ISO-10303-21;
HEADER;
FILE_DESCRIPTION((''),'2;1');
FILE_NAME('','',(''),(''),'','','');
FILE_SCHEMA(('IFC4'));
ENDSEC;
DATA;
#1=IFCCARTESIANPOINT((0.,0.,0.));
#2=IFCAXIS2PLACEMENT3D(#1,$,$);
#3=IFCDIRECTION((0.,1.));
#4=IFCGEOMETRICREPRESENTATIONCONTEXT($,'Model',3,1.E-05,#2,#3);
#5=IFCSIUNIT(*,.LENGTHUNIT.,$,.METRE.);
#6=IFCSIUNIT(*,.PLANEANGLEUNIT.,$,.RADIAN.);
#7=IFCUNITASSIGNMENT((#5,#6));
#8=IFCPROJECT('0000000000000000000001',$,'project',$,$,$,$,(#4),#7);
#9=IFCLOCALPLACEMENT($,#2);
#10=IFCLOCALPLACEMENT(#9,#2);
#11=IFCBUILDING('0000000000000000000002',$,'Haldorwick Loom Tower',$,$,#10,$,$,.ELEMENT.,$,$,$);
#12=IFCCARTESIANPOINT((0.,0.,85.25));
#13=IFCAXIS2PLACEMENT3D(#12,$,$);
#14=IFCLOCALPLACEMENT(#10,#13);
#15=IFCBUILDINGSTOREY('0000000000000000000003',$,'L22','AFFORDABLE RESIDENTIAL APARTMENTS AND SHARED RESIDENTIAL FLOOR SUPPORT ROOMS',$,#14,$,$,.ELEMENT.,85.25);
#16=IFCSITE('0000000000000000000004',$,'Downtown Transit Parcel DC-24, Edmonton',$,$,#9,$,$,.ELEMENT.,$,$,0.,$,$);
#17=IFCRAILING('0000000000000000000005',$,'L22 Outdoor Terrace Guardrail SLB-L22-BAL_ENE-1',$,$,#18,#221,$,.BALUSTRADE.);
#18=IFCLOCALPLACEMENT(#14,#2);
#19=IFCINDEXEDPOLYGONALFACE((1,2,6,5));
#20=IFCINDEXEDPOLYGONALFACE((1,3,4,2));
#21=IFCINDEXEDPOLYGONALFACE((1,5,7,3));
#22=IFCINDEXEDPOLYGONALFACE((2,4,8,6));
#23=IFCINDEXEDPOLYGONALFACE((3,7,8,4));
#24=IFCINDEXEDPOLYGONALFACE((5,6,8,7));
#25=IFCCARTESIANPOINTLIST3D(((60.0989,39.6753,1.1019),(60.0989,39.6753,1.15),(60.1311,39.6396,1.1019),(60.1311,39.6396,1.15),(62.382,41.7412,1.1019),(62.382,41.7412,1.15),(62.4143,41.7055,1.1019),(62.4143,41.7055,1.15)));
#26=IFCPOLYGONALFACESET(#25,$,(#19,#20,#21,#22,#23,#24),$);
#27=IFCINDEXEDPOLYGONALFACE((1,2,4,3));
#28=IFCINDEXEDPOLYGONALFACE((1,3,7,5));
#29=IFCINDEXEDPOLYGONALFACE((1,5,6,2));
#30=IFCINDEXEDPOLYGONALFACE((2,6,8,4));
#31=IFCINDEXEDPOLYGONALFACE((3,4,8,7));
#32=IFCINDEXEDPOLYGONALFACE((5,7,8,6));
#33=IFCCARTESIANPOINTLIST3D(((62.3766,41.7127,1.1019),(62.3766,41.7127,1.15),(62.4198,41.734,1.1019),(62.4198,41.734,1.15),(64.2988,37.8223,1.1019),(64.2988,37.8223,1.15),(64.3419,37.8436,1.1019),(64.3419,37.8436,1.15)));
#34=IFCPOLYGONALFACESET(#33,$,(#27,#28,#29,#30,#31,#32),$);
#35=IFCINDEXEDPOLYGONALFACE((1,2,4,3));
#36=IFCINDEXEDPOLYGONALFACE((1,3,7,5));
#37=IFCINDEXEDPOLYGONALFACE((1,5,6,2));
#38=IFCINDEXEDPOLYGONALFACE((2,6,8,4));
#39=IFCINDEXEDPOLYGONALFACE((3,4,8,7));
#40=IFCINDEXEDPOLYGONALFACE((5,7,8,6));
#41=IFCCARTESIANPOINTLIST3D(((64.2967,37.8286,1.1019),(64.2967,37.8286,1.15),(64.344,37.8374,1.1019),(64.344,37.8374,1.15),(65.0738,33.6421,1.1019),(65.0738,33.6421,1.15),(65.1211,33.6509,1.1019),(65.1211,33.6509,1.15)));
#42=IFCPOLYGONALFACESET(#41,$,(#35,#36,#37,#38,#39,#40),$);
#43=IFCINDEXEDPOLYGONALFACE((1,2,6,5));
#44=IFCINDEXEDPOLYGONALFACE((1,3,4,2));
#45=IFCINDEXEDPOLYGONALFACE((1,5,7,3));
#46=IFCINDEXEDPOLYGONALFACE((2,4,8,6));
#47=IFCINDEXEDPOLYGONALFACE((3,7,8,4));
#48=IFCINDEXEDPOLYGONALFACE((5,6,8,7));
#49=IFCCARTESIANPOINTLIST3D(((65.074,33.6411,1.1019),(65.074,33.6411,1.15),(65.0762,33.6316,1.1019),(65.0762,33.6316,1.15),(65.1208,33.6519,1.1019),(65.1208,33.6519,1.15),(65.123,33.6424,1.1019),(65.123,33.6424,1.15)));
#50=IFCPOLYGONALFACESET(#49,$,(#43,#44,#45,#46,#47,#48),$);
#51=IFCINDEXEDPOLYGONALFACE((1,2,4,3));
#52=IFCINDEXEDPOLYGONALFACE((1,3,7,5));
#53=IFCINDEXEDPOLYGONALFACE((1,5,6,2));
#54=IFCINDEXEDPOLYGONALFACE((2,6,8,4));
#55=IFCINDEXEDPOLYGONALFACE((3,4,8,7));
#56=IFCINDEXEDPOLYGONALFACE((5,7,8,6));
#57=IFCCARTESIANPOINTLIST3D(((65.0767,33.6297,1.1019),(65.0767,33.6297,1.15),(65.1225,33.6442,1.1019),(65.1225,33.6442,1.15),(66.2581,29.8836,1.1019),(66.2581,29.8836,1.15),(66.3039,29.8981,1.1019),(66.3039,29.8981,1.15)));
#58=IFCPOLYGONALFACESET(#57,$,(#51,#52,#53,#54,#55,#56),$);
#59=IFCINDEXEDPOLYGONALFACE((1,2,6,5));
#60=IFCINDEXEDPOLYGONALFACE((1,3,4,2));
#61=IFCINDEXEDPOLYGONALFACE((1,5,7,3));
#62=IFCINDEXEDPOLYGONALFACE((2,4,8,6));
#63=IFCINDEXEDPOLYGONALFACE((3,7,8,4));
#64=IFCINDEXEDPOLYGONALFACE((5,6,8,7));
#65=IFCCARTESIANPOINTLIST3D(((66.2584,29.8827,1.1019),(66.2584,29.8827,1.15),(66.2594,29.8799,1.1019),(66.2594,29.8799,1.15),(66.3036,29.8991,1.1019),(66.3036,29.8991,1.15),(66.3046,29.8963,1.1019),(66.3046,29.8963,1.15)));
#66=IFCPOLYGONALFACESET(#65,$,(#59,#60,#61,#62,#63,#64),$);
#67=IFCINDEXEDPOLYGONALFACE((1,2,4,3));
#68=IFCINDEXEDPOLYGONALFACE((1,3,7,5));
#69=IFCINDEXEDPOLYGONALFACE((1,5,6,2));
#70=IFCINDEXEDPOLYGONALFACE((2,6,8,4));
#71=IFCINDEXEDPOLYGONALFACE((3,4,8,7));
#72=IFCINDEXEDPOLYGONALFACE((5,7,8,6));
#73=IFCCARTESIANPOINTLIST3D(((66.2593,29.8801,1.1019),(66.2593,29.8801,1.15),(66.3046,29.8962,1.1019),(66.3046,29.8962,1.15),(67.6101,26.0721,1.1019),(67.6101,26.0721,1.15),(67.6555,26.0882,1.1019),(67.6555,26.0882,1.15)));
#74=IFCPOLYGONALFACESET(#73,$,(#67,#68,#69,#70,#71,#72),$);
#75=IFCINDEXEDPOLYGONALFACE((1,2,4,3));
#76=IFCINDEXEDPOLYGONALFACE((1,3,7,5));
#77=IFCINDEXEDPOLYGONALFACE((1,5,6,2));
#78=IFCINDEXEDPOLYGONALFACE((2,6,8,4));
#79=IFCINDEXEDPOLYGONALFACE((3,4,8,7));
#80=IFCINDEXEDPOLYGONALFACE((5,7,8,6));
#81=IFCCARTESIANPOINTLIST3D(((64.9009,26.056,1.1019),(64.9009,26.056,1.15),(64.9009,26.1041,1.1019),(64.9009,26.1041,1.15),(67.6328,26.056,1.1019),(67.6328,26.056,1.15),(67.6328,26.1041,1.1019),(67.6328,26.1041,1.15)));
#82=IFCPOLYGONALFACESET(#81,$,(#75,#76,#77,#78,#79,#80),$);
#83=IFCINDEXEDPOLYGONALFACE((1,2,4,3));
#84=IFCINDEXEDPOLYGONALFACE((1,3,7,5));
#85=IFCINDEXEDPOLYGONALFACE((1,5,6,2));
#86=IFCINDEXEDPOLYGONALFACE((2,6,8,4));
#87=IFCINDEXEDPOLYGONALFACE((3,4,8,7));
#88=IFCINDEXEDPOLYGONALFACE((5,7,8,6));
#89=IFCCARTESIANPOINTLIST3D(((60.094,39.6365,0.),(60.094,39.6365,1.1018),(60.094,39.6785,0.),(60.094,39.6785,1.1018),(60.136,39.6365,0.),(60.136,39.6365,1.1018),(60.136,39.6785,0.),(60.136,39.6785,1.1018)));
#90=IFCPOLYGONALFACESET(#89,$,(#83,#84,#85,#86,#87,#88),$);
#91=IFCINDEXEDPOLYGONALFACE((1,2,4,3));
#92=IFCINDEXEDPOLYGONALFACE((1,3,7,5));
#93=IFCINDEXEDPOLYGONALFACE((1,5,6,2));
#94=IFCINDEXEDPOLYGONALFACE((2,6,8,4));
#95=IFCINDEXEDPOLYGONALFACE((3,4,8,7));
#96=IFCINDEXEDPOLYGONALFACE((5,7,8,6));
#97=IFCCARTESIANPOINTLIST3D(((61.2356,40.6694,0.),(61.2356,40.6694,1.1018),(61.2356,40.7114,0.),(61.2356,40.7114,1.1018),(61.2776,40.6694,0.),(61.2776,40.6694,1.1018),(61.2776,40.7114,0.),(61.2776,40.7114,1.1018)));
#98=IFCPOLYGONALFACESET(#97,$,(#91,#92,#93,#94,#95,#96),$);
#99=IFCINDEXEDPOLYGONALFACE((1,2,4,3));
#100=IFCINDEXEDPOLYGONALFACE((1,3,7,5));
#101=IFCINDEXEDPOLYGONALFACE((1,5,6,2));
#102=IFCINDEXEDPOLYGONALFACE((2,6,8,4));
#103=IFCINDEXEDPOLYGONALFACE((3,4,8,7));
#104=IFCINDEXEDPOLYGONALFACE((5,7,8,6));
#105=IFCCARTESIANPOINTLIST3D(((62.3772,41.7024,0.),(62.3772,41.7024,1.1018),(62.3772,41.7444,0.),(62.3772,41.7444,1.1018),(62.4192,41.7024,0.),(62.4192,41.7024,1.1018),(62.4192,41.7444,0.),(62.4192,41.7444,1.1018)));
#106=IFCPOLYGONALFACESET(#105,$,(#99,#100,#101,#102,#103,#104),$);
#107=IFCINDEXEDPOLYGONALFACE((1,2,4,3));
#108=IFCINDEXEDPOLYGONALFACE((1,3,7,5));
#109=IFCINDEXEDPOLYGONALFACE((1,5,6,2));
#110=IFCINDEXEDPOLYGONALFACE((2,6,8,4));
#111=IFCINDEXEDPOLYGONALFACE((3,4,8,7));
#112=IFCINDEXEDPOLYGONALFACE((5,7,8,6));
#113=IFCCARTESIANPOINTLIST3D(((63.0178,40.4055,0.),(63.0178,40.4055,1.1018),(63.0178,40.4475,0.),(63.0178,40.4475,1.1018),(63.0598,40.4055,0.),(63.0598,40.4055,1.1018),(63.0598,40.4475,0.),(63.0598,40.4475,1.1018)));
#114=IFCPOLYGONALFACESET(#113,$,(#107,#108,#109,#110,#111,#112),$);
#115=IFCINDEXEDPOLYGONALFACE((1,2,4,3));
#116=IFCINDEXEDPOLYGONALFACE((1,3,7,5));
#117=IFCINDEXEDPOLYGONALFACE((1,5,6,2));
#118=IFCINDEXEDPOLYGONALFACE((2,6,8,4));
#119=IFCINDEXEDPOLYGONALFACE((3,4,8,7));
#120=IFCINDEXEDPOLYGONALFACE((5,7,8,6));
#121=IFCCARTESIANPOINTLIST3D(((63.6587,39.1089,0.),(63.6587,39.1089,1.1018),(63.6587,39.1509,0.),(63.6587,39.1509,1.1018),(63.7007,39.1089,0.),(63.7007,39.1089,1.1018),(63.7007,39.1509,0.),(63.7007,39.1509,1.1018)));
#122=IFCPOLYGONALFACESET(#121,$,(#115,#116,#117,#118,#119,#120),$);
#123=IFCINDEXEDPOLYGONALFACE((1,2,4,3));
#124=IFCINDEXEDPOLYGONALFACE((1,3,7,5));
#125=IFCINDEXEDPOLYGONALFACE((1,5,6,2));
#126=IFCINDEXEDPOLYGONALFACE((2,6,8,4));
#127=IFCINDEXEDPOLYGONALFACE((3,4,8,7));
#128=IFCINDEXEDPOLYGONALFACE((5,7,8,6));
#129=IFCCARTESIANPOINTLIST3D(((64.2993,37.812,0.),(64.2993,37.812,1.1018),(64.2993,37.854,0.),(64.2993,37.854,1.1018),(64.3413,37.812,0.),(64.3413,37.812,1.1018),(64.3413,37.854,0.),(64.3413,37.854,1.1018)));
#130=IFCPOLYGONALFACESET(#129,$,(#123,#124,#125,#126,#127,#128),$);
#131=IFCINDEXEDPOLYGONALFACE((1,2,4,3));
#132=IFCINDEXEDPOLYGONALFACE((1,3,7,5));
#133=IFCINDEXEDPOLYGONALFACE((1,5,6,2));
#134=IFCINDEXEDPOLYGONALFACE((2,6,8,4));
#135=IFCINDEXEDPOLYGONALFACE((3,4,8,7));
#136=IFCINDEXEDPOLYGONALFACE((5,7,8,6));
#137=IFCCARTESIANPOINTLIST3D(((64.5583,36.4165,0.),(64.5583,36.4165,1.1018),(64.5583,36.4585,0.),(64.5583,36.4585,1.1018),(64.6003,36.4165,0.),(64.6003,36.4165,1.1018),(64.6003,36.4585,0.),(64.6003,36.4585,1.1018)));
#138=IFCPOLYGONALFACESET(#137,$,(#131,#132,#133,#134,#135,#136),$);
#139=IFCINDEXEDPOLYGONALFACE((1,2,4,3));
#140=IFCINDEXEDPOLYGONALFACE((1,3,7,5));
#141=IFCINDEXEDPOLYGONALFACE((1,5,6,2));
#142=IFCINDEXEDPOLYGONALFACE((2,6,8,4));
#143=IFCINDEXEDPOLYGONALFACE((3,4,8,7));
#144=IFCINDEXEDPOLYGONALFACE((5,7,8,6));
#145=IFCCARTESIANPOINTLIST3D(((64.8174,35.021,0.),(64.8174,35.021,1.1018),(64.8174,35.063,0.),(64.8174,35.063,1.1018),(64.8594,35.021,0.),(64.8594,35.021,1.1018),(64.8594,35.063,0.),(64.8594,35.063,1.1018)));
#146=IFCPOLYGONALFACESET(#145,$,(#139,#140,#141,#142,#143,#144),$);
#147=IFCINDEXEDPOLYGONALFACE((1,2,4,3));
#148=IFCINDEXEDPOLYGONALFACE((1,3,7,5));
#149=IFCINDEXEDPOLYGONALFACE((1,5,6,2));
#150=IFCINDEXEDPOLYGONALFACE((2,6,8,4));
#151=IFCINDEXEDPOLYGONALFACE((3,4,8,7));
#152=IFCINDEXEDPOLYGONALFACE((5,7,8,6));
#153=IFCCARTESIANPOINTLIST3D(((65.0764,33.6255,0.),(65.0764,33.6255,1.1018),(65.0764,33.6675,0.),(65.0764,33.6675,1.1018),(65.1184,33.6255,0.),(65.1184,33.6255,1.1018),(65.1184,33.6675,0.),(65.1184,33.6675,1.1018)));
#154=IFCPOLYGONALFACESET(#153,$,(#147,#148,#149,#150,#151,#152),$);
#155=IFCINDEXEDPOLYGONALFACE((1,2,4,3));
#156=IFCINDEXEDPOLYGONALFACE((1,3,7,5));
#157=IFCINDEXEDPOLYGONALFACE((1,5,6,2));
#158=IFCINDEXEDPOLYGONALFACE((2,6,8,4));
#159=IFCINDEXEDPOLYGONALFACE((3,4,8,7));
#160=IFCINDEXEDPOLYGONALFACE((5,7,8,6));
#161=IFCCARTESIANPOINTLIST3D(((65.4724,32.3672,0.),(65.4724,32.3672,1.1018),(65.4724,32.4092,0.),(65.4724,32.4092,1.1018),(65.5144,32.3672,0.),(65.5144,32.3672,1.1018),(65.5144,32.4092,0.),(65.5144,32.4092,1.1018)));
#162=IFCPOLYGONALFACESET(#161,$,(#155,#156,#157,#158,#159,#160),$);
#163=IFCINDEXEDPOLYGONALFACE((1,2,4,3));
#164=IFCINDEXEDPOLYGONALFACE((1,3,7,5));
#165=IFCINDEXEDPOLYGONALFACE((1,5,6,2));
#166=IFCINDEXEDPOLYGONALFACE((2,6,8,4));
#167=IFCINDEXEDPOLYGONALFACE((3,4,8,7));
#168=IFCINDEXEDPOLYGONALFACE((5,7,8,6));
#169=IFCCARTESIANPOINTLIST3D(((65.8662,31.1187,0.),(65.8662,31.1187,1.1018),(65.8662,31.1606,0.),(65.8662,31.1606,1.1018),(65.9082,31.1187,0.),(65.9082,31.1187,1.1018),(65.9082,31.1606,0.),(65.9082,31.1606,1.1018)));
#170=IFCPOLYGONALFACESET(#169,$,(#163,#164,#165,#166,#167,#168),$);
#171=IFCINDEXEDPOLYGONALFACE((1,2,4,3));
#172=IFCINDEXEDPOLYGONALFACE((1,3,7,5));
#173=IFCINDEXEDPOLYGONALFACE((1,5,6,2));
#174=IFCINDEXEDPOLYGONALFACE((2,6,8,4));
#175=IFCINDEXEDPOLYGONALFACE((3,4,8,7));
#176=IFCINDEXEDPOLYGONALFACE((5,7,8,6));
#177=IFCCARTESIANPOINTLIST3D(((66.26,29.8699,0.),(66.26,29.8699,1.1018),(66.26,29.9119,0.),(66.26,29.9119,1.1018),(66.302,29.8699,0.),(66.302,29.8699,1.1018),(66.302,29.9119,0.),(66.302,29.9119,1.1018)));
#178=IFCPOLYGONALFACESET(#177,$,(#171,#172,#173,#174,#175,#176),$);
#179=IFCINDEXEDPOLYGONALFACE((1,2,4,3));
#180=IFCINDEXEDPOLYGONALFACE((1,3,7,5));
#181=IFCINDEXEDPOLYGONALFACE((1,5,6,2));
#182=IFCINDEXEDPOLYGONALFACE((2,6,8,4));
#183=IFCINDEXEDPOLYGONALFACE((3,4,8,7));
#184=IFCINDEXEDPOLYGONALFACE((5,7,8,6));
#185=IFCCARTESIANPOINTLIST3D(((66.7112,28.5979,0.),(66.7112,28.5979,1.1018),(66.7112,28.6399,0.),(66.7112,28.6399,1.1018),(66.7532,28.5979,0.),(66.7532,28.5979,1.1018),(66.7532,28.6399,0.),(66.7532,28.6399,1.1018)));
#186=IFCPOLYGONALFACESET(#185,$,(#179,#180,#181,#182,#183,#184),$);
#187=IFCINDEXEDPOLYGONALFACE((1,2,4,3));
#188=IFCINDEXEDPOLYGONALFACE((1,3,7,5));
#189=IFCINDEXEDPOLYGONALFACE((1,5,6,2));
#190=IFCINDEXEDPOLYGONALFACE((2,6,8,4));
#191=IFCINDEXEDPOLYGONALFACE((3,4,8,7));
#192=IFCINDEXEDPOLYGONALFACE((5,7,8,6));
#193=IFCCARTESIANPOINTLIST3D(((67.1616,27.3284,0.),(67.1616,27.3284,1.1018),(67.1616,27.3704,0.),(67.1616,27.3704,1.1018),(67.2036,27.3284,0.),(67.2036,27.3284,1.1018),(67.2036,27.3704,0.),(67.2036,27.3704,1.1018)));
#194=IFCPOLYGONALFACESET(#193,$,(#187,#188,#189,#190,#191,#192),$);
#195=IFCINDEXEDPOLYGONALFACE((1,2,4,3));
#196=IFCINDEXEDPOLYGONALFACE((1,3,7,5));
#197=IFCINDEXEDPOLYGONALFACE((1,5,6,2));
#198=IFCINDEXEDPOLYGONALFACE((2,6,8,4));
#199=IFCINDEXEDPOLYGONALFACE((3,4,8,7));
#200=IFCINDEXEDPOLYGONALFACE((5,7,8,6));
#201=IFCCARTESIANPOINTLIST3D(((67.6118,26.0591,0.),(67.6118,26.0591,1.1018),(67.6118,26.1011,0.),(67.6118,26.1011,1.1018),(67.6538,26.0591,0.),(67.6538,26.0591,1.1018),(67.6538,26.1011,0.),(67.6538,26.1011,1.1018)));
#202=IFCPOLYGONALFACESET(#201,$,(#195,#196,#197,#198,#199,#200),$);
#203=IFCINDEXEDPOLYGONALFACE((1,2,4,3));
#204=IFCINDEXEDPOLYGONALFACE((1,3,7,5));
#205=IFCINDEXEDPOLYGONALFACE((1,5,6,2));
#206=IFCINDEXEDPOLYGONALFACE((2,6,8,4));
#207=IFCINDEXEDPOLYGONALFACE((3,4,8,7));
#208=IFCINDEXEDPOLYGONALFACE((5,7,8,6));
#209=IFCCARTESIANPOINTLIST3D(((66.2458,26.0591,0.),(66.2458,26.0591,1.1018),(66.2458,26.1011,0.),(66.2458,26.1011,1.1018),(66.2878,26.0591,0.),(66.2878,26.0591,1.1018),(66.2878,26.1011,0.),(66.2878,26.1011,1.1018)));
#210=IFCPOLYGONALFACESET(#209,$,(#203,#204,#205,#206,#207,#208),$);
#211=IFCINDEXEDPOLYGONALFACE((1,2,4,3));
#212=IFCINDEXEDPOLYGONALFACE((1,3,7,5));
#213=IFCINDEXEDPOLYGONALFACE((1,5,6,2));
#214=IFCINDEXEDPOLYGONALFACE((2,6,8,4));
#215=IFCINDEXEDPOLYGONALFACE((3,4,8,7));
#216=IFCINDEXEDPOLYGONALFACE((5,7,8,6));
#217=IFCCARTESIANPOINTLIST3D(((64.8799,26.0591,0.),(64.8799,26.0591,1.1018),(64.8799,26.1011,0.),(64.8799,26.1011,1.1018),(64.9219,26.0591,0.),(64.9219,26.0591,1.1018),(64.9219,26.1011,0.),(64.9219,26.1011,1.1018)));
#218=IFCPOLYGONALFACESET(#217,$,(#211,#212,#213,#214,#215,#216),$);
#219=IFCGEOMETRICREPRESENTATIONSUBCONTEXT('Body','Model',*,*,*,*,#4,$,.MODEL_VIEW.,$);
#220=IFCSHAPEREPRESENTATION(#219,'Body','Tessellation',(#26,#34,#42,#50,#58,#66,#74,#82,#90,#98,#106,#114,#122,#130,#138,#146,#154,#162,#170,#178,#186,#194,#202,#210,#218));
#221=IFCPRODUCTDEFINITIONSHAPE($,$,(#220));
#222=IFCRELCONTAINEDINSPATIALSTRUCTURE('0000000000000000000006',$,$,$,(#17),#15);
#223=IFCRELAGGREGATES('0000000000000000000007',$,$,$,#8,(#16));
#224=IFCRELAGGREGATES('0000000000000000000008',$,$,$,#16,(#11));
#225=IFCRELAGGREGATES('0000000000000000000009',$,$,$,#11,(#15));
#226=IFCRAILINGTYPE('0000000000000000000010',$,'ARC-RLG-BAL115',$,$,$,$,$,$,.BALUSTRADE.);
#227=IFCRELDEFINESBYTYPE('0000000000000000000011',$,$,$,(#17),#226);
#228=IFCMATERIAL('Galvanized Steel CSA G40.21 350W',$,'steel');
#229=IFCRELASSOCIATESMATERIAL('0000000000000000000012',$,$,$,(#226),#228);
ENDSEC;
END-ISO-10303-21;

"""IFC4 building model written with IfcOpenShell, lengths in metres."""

from ifc_helpers import new_model, si_unit, direction, frame, origin, origin_2d, place, context, subcontext, project, spatial, rectangle, extrude, material, type_object, element, save


model = new_model("IFC4")

# Units and contexts
model_context = context("Model", 3, precision=1e-05, world=origin(), true_north=direction((0.0, 1.0)))
body_context = subcontext(model_context, "Body", "Model", "MODEL_VIEW")
ifc_project = project(units=[si_unit("LENGTHUNIT", "METRE"), si_unit("PLANEANGLEUNIT", "RADIAN")], contexts=[model_context])

# Site, building, storey
site_placement = place(None, origin())
site = spatial("IfcSite", under=ifc_project, at=site_placement, Name="Downtown Transit Parcel DC-24, Edmonton", CompositionType="ELEMENT", RefElevation=0.0)
building_placement = place(site_placement, origin())
building = spatial("IfcBuilding", under=site, at=building_placement, Name="Haldorwick Loom Tower", CompositionType="ELEMENT")
storey_placement = place(building_placement, frame((0.0, 0.0, 85.25)))
storey = spatial("IfcBuildingStorey", under=building, at=storey_placement, Name="L22", Description="AFFORDABLE RESIDENTIAL APARTMENTS AND SHARED RESIDENTIAL FLOOR SUPPORT ROOMS", CompositionType="ELEMENT", Elevation=85.25)

# Railing
ifc_material_1 = material(Name="Galvanized Steel CSA G40.21 350W", Category="steel")
railing_type_1 = type_object("IfcRailingType", Name="ARC-RLG-BAL115", PredefinedType="BALUSTRADE", material=ifc_material_1)
railing_1_placement = place(storey_placement, frame((60.115, 39.6575, 0.0)))
element("IfcRailing", 1, at=railing_1_placement, inside=storey, type_object=railing_type_1, Name="L22 Outdoor Terrace Guardrail SLB-L22-BAL_ENE-1", PredefinedType="BALUSTRADE", context=body_context, shape_type="SweptSolid", body=[
    extrude(rectangle(XDim=0.0481, YDim=0.0481, at=origin_2d()), frame((0.0, 0.0, 1.126), z_axis=(0.741509, 0.670942, 0.0), x_axis=(-0.670942, 0.741509, 0.0)), (0.0, 0.0, 1.0), 3.0791),
    extrude(rectangle(XDim=0.0481, YDim=0.0481, at=origin_2d()), frame((2.2832, 2.0659, 1.126), z_axis=(0.442955, -0.896544, 0.0), x_axis=(0.896544, 0.442955, 0.0)), (0.0, 0.0, 1.0), 4.3394),
    extrude(rectangle(XDim=0.0481, YDim=0.0481, at=origin_2d()), frame((4.2053, -1.8245, 1.126), z_axis=(0.182502, -0.983205, 0.0), x_axis=(0.983205, 0.182502, 0.0)), (0.0, 0.0, 1.0), 4.2581),
    extrude(rectangle(XDim=0.0481, YDim=0.0481, at=origin_2d()), frame((4.9824, -6.011, 1.126), z_axis=(0.22486, -0.974391, 0.0), x_axis=(0.974391, 0.22486, 0.0)), (0.0, 0.0, 1.0), 0.0098),
    extrude(rectangle(XDim=0.0481, YDim=0.0481, at=origin_2d()), frame((4.9846, -6.0205, 1.126), z_axis=(0.300765, -0.953698, 0.0), x_axis=(0.953698, 0.300765, 0.0)), (0.0, 0.0, 1.0), 3.928),
    extrude(rectangle(XDim=0.0481, YDim=0.0481, at=origin_2d()), frame((6.166, -9.7666, 1.126), z_axis=(0.341743, -0.939793, 0.0), x_axis=(0.939793, 0.341743, 0.0)), (0.0, 0.0, 1.0), 0.0029),
    extrude(rectangle(XDim=0.0481, YDim=0.0481, at=origin_2d()), frame((6.167, -9.7693, 1.126), z_axis=(0.334315, -0.942462, 0.0), x_axis=(0.942462, 0.334315, 0.0)), (0.0, 0.0, 1.0), 4.0405),
    extrude(rectangle(XDim=0.0481, YDim=0.0481, at=origin_2d()), frame((7.5178, -13.5774, 1.126), z_axis=(-1.0, 0.0, 0.0), x_axis=(0.0, -1.0, 0.0)), (0.0, 0.0, 1.0), 2.7319),
    extrude(rectangle(XDim=0.042, YDim=0.042, at=origin_2d()), origin(), (0.0, 0.0, 1.0), 1.1018),
    extrude(rectangle(XDim=0.042, YDim=0.042, at=origin_2d()), frame((1.1416, 1.033, 0.0)), (0.0, 0.0, 1.0), 1.1018),
    extrude(rectangle(XDim=0.042, YDim=0.042, at=origin_2d()), frame((2.2832, 2.0659, 0.0)), (0.0, 0.0, 1.0), 1.1018),
    extrude(rectangle(XDim=0.042, YDim=0.042, at=origin_2d()), frame((2.9238, 0.769, 0.0)), (0.0, 0.0, 1.0), 1.1018),
    extrude(rectangle(XDim=0.042, YDim=0.042, at=origin_2d()), frame((3.5647, -0.5276, 0.0)), (0.0, 0.0, 1.0), 1.1018),
    extrude(rectangle(XDim=0.042, YDim=0.042, at=origin_2d()), frame((4.2053, -1.8245, 0.0)), (0.0, 0.0, 1.0), 1.1018),
    extrude(rectangle(XDim=0.042, YDim=0.042, at=origin_2d()), frame((4.4644, -3.22, 0.0)), (0.0, 0.0, 1.0), 1.1018),
    extrude(rectangle(XDim=0.042, YDim=0.042, at=origin_2d()), frame((4.7234, -4.6155, 0.0)), (0.0, 0.0, 1.0), 1.1018),
    extrude(rectangle(XDim=0.042, YDim=0.042, at=origin_2d()), frame((4.9824, -6.011, 0.0)), (0.0, 0.0, 1.0), 1.1018),
    extrude(rectangle(XDim=0.042, YDim=0.042, at=origin_2d()), frame((5.3784, -7.2693, 0.0)), (0.0, 0.0, 1.0), 1.1018),
    extrude(rectangle(XDim=0.042, YDim=0.042, at=origin_2d()), frame((5.7722, -8.5178, 0.0)), (0.0, 0.0, 1.0), 1.1018),
    extrude(rectangle(XDim=0.042, YDim=0.042, at=origin_2d()), frame((6.166, -9.7666, 0.0)), (0.0, 0.0, 1.0), 1.1018),
    extrude(rectangle(XDim=0.042, YDim=0.042, at=origin_2d()), frame((6.6172, -11.0386, 0.0)), (0.0, 0.0, 1.0), 1.1018),
    extrude(rectangle(XDim=0.042, YDim=0.042, at=origin_2d()), frame((7.0676, -12.3081, 0.0)), (0.0, 0.0, 1.0), 1.1018),
    extrude(rectangle(XDim=0.042, YDim=0.042, at=origin_2d()), frame((7.5178, -13.5774, 0.0)), (0.0, 0.0, 1.0), 1.1018),
    extrude(rectangle(XDim=0.042, YDim=0.042, at=origin_2d()), frame((6.1519, -13.5774, 0.0)), (0.0, 0.0, 1.0), 1.1018),
    extrude(rectangle(XDim=0.042, YDim=0.042, at=origin_2d()), frame((4.7859, -13.5774, 0.0)), (0.0, 0.0, 1.0), 1.1018),
])

save(model, "model.ifc")
